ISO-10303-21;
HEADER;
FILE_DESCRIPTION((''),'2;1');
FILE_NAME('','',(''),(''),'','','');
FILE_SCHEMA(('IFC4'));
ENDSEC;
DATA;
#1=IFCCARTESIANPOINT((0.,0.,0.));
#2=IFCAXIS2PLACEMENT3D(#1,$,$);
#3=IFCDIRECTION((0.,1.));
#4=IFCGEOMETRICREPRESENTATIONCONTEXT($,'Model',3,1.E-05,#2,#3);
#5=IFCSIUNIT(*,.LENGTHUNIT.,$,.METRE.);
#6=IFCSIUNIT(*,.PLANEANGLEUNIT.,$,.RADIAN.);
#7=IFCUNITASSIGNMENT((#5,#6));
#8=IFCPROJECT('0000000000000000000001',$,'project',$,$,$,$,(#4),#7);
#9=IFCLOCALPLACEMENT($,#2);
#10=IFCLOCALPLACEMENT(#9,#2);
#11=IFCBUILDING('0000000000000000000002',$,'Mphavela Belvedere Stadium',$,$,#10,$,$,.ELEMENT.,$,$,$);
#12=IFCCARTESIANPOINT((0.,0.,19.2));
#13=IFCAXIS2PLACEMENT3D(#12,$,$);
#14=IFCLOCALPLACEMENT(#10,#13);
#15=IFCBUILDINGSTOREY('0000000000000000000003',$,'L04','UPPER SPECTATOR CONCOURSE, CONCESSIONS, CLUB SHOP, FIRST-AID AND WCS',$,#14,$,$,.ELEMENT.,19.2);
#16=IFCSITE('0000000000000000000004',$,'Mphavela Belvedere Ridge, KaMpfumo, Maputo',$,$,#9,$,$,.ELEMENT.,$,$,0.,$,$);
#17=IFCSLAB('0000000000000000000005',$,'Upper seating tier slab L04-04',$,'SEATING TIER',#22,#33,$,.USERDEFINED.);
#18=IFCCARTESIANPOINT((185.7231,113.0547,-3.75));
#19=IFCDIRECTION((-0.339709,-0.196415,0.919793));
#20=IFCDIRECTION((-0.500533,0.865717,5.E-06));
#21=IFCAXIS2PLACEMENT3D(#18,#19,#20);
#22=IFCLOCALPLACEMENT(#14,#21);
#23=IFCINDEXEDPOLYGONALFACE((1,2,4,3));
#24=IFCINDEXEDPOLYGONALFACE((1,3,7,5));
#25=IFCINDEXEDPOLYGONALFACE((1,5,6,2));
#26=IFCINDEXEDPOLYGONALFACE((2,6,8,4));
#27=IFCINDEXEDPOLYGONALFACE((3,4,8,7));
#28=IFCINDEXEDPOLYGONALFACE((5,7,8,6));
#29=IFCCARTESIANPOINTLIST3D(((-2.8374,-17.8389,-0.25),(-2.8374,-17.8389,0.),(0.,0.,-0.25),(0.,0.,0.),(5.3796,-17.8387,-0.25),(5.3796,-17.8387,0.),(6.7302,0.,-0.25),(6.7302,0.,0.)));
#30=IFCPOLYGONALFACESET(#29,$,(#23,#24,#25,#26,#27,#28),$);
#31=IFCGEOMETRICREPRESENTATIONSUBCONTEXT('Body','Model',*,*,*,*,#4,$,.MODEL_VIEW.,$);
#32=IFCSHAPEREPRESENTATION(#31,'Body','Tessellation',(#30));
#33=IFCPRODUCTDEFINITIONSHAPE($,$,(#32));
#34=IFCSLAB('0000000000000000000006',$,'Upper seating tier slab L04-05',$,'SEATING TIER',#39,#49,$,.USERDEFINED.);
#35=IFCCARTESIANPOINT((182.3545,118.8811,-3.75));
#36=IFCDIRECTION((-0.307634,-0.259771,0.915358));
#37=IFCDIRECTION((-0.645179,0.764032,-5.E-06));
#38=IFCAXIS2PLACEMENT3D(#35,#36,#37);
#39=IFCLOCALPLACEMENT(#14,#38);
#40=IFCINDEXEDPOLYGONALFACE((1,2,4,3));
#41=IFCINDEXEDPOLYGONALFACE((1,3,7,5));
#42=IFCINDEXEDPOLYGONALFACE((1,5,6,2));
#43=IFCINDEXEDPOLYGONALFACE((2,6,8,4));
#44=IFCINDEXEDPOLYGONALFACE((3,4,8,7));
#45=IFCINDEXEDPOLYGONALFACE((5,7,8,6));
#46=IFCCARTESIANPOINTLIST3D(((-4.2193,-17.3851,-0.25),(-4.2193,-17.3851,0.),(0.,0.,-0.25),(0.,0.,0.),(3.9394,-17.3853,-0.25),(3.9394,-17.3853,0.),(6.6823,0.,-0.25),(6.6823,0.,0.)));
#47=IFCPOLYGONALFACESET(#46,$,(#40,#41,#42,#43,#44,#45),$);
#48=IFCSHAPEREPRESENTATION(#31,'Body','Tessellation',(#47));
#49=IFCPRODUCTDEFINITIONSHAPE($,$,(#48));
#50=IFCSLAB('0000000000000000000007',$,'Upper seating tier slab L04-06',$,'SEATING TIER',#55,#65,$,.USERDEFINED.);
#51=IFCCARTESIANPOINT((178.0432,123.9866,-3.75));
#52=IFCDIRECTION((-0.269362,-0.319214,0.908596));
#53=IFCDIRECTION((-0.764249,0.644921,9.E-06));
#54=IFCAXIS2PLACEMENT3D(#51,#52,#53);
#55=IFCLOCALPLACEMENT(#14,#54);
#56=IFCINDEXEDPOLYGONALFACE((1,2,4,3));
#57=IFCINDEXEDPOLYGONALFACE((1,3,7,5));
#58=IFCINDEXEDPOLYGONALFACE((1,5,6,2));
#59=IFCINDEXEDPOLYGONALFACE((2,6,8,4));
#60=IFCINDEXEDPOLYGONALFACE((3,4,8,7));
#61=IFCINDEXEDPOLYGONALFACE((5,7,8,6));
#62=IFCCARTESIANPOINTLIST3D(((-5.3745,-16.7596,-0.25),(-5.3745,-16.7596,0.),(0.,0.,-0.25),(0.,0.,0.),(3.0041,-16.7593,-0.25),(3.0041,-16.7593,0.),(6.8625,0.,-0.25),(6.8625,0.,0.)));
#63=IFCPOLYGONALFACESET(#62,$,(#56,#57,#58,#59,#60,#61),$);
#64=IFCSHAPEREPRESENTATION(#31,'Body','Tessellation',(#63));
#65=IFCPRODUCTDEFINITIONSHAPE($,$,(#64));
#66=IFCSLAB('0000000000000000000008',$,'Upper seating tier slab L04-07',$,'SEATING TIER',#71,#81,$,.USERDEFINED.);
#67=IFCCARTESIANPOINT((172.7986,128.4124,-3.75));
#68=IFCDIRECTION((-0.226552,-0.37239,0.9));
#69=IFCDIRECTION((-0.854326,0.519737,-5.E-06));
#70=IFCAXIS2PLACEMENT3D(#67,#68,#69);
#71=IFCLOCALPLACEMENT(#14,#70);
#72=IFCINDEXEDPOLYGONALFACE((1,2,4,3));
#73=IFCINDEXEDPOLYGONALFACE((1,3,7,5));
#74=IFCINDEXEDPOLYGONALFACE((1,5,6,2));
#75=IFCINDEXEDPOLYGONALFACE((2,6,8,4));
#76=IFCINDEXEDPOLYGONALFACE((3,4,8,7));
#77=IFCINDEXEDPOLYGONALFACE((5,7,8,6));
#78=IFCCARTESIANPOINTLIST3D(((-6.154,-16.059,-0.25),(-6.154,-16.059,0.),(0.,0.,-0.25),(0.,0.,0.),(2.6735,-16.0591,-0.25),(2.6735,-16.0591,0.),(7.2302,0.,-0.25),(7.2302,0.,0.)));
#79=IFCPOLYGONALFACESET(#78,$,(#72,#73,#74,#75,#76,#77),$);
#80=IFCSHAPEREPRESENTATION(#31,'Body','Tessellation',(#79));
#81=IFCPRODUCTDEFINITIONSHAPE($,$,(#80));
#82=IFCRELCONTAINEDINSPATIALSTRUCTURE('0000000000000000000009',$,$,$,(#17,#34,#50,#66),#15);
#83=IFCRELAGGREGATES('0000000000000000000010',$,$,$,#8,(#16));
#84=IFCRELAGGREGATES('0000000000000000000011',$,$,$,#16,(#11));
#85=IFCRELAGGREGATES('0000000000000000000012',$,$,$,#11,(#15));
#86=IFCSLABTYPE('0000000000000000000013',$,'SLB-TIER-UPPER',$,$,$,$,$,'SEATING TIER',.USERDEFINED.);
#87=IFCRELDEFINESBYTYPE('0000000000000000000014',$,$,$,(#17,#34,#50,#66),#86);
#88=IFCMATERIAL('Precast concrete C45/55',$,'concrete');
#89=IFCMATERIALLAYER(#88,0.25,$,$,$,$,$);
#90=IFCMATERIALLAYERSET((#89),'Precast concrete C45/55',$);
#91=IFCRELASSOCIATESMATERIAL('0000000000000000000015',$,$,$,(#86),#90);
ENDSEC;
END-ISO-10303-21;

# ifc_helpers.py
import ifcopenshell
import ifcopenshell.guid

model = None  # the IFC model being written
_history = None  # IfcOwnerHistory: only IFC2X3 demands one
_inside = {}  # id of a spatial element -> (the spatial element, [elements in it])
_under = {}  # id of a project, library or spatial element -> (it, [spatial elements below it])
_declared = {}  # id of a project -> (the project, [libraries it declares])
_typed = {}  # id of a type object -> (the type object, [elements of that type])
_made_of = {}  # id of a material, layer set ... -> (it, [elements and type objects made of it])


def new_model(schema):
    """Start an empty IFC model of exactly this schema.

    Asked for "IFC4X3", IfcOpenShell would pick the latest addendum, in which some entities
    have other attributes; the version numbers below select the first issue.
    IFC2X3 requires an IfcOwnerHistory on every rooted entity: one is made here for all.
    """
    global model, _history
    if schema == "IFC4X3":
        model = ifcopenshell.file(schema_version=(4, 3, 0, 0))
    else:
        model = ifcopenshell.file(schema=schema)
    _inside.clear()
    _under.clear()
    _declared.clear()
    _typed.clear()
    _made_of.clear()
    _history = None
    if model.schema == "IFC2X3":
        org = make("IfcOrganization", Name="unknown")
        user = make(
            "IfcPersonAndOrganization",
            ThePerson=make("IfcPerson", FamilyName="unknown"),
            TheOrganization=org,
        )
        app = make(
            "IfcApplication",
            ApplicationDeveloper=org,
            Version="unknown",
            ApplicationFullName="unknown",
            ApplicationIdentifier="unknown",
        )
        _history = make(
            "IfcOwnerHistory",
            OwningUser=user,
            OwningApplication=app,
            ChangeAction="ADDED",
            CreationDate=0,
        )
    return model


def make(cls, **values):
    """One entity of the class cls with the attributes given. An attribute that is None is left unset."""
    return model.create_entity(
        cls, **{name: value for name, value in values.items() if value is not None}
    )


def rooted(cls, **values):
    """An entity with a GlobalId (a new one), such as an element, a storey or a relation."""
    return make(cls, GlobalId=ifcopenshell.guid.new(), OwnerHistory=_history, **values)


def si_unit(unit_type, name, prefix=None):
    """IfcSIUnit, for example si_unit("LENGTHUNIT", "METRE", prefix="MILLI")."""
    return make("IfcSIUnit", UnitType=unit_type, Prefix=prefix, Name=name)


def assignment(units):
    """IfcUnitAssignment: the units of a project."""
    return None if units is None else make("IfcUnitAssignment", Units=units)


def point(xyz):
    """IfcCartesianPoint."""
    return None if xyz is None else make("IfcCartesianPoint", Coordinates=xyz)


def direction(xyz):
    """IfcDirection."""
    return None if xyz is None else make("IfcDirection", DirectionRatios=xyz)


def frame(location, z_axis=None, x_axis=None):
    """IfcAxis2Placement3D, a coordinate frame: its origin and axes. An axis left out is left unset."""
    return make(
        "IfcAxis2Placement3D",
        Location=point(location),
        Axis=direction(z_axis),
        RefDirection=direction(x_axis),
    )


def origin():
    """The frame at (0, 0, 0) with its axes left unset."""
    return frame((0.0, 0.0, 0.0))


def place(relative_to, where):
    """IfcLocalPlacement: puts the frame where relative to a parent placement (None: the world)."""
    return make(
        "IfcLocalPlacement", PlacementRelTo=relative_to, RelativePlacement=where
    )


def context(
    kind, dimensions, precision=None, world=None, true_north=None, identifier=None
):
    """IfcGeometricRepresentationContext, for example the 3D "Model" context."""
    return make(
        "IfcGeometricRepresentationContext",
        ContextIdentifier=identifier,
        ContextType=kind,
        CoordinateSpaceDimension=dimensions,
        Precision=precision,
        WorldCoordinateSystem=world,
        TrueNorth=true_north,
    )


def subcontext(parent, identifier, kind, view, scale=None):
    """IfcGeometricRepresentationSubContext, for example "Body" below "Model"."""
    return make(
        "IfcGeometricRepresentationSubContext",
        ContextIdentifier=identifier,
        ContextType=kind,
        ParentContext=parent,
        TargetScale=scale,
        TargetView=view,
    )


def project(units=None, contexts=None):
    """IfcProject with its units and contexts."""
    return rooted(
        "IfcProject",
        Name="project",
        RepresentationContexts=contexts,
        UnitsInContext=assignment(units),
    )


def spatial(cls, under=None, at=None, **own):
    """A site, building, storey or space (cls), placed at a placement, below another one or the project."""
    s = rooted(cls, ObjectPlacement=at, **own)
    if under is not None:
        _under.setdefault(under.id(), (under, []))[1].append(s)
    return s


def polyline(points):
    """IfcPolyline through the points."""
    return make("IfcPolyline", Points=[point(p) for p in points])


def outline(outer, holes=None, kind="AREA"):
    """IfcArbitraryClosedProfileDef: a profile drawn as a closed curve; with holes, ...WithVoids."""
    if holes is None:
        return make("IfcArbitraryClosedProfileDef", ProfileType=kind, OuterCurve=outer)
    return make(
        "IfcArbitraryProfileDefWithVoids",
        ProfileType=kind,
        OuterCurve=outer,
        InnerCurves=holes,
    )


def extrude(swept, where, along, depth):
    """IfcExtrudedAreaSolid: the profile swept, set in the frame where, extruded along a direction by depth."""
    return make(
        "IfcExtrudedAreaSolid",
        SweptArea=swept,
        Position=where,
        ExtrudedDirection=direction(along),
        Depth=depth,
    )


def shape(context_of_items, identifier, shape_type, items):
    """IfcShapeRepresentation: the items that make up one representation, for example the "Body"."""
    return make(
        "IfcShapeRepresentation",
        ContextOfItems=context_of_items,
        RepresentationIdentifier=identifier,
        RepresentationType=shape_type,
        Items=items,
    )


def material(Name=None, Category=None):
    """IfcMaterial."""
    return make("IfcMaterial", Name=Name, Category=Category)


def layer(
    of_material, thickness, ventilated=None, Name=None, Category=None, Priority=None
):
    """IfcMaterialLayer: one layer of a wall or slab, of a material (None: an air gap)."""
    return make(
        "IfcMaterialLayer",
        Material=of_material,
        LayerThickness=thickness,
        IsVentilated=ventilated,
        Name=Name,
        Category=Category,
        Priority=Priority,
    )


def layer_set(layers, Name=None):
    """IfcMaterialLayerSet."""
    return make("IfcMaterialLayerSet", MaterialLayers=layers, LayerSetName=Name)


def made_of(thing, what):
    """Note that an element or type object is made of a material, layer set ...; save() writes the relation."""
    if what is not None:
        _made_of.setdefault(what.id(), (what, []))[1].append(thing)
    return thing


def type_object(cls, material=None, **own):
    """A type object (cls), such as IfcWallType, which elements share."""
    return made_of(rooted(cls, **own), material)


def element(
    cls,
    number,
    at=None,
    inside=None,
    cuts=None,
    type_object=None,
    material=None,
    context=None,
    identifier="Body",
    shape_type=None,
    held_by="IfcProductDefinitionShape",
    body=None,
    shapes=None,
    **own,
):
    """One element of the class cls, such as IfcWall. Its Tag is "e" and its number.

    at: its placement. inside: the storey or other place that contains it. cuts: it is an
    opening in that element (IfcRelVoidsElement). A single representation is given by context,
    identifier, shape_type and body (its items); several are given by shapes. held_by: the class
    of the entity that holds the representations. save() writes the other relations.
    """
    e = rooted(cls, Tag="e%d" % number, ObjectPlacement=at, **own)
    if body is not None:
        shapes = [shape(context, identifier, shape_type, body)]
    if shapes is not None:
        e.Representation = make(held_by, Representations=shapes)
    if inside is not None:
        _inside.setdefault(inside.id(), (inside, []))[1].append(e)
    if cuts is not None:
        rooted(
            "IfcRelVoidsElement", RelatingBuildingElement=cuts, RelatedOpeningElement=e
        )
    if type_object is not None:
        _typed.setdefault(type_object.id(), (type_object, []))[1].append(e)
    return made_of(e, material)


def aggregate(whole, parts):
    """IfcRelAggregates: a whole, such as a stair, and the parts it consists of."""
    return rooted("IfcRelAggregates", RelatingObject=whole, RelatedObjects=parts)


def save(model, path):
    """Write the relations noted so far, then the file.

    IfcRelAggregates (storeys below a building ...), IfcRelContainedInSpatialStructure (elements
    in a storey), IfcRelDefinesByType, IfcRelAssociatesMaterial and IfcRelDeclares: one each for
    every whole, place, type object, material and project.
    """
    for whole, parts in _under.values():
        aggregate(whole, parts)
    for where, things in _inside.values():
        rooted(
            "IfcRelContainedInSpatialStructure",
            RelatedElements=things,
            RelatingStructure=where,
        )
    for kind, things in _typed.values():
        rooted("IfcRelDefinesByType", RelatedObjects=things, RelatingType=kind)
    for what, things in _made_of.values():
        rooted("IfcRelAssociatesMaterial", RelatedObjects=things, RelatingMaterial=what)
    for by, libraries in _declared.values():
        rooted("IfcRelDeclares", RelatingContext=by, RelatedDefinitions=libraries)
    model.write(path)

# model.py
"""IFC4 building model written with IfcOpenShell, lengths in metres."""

from ifc_helpers import new_model, si_unit, direction, frame, origin, place, context, subcontext, project, spatial, polyline, outline, extrude, material, layer, layer_set, type_object, element, save


model = new_model("IFC4")

# Units and contexts
model_context = context("Model", 3, precision=1e-05, world=origin(), true_north=direction((0.0, 1.0)))
body_context = subcontext(model_context, "Body", "Model", "MODEL_VIEW")
ifc_project = project(units=[si_unit("LENGTHUNIT", "METRE"), si_unit("PLANEANGLEUNIT", "RADIAN")], contexts=[model_context])

# Site, building, storey
site_placement = place(None, origin())
site = spatial("IfcSite", under=ifc_project, at=site_placement, Name="Mphavela Belvedere Ridge, KaMpfumo, Maputo", CompositionType="ELEMENT", RefElevation=0.0)
building_placement = place(site_placement, origin())
building = spatial("IfcBuilding", under=site, at=building_placement, Name="Mphavela Belvedere Stadium", CompositionType="ELEMENT")
storey_placement = place(building_placement, frame((0.0, 0.0, 19.2)))
storey = spatial("IfcBuildingStorey", under=building, at=storey_placement, Name="L04", Description="UPPER SPECTATOR CONCOURSE, CONCESSIONS, CLUB SHOP, FIRST-AID AND WCS", CompositionType="ELEMENT", Elevation=19.2)

# Slabs
ifc_material_1 = material(Name="Precast concrete C45/55", Category="concrete")
ifc_layer_1 = layer(ifc_material_1, 0.25)
ifc_layer_set_1 = layer_set([ifc_layer_1], Name="Precast concrete C45/55")
slab_type = type_object("IfcSlabType", Name="SLB-TIER-UPPER", ElementType="SEATING TIER", PredefinedType="USERDEFINED", material=ifc_layer_set_1)
slab_1_placement = place(storey_placement, frame((185.7231, 113.0547, -3.75), z_axis=(-0.339709, -0.196415, 0.919793), x_axis=(-0.500533, 0.865717, 0.000005)))
element("IfcSlab", 1, at=slab_1_placement, inside=storey, type_object=slab_type, Name="Upper seating tier slab L04-04", ObjectType="SEATING TIER", PredefinedType="USERDEFINED", context=body_context, shape_type="SweptSolid", body=[
    extrude(outline(polyline([(0.0, 0.0), (6.7302, 0.0), (5.3796, -17.8387), (-2.8374, -17.8389), (0.0, 0.0)])), origin(), (0.0, 0.0, -1.0), 0.25),
])
slab_2_placement = place(storey_placement, frame((182.3545, 118.8811, -3.75), z_axis=(-0.307634, -0.259771, 0.915358), x_axis=(-0.645179, 0.764032, -0.000005)))
element("IfcSlab", 2, at=slab_2_placement, inside=storey, type_object=slab_type, Name="Upper seating tier slab L04-05", ObjectType="SEATING TIER", PredefinedType="USERDEFINED", context=body_context, shape_type="SweptSolid", body=[
    extrude(outline(polyline([(0.0, 0.0), (6.6823, 0.0), (3.9394, -17.3853), (-4.2193, -17.3851), (0.0, 0.0)])), origin(), (0.0, 0.0, -1.0), 0.25),
])
slab_3_placement = place(storey_placement, frame((178.0432, 123.9866, -3.75), z_axis=(-0.269362, -0.319214, 0.908596), x_axis=(-0.764249, 0.644921, 0.000009)))
element("IfcSlab", 3, at=slab_3_placement, inside=storey, type_object=slab_type, Name="Upper seating tier slab L04-06", ObjectType="SEATING TIER", PredefinedType="USERDEFINED", context=body_context, shape_type="SweptSolid", body=[
    extrude(outline(polyline([(0.0, 0.0), (6.8625, 0.0), (3.0041, -16.7593), (-5.3745, -16.7596), (0.0, 0.0)])), origin(), (0.0, 0.0, -1.0), 0.25),
])
slab_4_placement = place(storey_placement, frame((172.7986, 128.4124, -3.75), z_axis=(-0.226552, -0.37239, 0.9), x_axis=(-0.854326, 0.519737, -0.000005)))
element("IfcSlab", 4, at=slab_4_placement, inside=storey, type_object=slab_type, Name="Upper seating tier slab L04-07", ObjectType="SEATING TIER", PredefinedType="USERDEFINED", context=body_context, shape_type="SweptSolid", body=[
    extrude(outline(polyline([(0.0, 0.0), (7.2302, 0.0), (2.6735, -16.0591), (-6.154, -16.059), (0.0, 0.0)])), origin(), (0.0, 0.0, -1.0), 0.25),
])

save(model, "model.ifc")
